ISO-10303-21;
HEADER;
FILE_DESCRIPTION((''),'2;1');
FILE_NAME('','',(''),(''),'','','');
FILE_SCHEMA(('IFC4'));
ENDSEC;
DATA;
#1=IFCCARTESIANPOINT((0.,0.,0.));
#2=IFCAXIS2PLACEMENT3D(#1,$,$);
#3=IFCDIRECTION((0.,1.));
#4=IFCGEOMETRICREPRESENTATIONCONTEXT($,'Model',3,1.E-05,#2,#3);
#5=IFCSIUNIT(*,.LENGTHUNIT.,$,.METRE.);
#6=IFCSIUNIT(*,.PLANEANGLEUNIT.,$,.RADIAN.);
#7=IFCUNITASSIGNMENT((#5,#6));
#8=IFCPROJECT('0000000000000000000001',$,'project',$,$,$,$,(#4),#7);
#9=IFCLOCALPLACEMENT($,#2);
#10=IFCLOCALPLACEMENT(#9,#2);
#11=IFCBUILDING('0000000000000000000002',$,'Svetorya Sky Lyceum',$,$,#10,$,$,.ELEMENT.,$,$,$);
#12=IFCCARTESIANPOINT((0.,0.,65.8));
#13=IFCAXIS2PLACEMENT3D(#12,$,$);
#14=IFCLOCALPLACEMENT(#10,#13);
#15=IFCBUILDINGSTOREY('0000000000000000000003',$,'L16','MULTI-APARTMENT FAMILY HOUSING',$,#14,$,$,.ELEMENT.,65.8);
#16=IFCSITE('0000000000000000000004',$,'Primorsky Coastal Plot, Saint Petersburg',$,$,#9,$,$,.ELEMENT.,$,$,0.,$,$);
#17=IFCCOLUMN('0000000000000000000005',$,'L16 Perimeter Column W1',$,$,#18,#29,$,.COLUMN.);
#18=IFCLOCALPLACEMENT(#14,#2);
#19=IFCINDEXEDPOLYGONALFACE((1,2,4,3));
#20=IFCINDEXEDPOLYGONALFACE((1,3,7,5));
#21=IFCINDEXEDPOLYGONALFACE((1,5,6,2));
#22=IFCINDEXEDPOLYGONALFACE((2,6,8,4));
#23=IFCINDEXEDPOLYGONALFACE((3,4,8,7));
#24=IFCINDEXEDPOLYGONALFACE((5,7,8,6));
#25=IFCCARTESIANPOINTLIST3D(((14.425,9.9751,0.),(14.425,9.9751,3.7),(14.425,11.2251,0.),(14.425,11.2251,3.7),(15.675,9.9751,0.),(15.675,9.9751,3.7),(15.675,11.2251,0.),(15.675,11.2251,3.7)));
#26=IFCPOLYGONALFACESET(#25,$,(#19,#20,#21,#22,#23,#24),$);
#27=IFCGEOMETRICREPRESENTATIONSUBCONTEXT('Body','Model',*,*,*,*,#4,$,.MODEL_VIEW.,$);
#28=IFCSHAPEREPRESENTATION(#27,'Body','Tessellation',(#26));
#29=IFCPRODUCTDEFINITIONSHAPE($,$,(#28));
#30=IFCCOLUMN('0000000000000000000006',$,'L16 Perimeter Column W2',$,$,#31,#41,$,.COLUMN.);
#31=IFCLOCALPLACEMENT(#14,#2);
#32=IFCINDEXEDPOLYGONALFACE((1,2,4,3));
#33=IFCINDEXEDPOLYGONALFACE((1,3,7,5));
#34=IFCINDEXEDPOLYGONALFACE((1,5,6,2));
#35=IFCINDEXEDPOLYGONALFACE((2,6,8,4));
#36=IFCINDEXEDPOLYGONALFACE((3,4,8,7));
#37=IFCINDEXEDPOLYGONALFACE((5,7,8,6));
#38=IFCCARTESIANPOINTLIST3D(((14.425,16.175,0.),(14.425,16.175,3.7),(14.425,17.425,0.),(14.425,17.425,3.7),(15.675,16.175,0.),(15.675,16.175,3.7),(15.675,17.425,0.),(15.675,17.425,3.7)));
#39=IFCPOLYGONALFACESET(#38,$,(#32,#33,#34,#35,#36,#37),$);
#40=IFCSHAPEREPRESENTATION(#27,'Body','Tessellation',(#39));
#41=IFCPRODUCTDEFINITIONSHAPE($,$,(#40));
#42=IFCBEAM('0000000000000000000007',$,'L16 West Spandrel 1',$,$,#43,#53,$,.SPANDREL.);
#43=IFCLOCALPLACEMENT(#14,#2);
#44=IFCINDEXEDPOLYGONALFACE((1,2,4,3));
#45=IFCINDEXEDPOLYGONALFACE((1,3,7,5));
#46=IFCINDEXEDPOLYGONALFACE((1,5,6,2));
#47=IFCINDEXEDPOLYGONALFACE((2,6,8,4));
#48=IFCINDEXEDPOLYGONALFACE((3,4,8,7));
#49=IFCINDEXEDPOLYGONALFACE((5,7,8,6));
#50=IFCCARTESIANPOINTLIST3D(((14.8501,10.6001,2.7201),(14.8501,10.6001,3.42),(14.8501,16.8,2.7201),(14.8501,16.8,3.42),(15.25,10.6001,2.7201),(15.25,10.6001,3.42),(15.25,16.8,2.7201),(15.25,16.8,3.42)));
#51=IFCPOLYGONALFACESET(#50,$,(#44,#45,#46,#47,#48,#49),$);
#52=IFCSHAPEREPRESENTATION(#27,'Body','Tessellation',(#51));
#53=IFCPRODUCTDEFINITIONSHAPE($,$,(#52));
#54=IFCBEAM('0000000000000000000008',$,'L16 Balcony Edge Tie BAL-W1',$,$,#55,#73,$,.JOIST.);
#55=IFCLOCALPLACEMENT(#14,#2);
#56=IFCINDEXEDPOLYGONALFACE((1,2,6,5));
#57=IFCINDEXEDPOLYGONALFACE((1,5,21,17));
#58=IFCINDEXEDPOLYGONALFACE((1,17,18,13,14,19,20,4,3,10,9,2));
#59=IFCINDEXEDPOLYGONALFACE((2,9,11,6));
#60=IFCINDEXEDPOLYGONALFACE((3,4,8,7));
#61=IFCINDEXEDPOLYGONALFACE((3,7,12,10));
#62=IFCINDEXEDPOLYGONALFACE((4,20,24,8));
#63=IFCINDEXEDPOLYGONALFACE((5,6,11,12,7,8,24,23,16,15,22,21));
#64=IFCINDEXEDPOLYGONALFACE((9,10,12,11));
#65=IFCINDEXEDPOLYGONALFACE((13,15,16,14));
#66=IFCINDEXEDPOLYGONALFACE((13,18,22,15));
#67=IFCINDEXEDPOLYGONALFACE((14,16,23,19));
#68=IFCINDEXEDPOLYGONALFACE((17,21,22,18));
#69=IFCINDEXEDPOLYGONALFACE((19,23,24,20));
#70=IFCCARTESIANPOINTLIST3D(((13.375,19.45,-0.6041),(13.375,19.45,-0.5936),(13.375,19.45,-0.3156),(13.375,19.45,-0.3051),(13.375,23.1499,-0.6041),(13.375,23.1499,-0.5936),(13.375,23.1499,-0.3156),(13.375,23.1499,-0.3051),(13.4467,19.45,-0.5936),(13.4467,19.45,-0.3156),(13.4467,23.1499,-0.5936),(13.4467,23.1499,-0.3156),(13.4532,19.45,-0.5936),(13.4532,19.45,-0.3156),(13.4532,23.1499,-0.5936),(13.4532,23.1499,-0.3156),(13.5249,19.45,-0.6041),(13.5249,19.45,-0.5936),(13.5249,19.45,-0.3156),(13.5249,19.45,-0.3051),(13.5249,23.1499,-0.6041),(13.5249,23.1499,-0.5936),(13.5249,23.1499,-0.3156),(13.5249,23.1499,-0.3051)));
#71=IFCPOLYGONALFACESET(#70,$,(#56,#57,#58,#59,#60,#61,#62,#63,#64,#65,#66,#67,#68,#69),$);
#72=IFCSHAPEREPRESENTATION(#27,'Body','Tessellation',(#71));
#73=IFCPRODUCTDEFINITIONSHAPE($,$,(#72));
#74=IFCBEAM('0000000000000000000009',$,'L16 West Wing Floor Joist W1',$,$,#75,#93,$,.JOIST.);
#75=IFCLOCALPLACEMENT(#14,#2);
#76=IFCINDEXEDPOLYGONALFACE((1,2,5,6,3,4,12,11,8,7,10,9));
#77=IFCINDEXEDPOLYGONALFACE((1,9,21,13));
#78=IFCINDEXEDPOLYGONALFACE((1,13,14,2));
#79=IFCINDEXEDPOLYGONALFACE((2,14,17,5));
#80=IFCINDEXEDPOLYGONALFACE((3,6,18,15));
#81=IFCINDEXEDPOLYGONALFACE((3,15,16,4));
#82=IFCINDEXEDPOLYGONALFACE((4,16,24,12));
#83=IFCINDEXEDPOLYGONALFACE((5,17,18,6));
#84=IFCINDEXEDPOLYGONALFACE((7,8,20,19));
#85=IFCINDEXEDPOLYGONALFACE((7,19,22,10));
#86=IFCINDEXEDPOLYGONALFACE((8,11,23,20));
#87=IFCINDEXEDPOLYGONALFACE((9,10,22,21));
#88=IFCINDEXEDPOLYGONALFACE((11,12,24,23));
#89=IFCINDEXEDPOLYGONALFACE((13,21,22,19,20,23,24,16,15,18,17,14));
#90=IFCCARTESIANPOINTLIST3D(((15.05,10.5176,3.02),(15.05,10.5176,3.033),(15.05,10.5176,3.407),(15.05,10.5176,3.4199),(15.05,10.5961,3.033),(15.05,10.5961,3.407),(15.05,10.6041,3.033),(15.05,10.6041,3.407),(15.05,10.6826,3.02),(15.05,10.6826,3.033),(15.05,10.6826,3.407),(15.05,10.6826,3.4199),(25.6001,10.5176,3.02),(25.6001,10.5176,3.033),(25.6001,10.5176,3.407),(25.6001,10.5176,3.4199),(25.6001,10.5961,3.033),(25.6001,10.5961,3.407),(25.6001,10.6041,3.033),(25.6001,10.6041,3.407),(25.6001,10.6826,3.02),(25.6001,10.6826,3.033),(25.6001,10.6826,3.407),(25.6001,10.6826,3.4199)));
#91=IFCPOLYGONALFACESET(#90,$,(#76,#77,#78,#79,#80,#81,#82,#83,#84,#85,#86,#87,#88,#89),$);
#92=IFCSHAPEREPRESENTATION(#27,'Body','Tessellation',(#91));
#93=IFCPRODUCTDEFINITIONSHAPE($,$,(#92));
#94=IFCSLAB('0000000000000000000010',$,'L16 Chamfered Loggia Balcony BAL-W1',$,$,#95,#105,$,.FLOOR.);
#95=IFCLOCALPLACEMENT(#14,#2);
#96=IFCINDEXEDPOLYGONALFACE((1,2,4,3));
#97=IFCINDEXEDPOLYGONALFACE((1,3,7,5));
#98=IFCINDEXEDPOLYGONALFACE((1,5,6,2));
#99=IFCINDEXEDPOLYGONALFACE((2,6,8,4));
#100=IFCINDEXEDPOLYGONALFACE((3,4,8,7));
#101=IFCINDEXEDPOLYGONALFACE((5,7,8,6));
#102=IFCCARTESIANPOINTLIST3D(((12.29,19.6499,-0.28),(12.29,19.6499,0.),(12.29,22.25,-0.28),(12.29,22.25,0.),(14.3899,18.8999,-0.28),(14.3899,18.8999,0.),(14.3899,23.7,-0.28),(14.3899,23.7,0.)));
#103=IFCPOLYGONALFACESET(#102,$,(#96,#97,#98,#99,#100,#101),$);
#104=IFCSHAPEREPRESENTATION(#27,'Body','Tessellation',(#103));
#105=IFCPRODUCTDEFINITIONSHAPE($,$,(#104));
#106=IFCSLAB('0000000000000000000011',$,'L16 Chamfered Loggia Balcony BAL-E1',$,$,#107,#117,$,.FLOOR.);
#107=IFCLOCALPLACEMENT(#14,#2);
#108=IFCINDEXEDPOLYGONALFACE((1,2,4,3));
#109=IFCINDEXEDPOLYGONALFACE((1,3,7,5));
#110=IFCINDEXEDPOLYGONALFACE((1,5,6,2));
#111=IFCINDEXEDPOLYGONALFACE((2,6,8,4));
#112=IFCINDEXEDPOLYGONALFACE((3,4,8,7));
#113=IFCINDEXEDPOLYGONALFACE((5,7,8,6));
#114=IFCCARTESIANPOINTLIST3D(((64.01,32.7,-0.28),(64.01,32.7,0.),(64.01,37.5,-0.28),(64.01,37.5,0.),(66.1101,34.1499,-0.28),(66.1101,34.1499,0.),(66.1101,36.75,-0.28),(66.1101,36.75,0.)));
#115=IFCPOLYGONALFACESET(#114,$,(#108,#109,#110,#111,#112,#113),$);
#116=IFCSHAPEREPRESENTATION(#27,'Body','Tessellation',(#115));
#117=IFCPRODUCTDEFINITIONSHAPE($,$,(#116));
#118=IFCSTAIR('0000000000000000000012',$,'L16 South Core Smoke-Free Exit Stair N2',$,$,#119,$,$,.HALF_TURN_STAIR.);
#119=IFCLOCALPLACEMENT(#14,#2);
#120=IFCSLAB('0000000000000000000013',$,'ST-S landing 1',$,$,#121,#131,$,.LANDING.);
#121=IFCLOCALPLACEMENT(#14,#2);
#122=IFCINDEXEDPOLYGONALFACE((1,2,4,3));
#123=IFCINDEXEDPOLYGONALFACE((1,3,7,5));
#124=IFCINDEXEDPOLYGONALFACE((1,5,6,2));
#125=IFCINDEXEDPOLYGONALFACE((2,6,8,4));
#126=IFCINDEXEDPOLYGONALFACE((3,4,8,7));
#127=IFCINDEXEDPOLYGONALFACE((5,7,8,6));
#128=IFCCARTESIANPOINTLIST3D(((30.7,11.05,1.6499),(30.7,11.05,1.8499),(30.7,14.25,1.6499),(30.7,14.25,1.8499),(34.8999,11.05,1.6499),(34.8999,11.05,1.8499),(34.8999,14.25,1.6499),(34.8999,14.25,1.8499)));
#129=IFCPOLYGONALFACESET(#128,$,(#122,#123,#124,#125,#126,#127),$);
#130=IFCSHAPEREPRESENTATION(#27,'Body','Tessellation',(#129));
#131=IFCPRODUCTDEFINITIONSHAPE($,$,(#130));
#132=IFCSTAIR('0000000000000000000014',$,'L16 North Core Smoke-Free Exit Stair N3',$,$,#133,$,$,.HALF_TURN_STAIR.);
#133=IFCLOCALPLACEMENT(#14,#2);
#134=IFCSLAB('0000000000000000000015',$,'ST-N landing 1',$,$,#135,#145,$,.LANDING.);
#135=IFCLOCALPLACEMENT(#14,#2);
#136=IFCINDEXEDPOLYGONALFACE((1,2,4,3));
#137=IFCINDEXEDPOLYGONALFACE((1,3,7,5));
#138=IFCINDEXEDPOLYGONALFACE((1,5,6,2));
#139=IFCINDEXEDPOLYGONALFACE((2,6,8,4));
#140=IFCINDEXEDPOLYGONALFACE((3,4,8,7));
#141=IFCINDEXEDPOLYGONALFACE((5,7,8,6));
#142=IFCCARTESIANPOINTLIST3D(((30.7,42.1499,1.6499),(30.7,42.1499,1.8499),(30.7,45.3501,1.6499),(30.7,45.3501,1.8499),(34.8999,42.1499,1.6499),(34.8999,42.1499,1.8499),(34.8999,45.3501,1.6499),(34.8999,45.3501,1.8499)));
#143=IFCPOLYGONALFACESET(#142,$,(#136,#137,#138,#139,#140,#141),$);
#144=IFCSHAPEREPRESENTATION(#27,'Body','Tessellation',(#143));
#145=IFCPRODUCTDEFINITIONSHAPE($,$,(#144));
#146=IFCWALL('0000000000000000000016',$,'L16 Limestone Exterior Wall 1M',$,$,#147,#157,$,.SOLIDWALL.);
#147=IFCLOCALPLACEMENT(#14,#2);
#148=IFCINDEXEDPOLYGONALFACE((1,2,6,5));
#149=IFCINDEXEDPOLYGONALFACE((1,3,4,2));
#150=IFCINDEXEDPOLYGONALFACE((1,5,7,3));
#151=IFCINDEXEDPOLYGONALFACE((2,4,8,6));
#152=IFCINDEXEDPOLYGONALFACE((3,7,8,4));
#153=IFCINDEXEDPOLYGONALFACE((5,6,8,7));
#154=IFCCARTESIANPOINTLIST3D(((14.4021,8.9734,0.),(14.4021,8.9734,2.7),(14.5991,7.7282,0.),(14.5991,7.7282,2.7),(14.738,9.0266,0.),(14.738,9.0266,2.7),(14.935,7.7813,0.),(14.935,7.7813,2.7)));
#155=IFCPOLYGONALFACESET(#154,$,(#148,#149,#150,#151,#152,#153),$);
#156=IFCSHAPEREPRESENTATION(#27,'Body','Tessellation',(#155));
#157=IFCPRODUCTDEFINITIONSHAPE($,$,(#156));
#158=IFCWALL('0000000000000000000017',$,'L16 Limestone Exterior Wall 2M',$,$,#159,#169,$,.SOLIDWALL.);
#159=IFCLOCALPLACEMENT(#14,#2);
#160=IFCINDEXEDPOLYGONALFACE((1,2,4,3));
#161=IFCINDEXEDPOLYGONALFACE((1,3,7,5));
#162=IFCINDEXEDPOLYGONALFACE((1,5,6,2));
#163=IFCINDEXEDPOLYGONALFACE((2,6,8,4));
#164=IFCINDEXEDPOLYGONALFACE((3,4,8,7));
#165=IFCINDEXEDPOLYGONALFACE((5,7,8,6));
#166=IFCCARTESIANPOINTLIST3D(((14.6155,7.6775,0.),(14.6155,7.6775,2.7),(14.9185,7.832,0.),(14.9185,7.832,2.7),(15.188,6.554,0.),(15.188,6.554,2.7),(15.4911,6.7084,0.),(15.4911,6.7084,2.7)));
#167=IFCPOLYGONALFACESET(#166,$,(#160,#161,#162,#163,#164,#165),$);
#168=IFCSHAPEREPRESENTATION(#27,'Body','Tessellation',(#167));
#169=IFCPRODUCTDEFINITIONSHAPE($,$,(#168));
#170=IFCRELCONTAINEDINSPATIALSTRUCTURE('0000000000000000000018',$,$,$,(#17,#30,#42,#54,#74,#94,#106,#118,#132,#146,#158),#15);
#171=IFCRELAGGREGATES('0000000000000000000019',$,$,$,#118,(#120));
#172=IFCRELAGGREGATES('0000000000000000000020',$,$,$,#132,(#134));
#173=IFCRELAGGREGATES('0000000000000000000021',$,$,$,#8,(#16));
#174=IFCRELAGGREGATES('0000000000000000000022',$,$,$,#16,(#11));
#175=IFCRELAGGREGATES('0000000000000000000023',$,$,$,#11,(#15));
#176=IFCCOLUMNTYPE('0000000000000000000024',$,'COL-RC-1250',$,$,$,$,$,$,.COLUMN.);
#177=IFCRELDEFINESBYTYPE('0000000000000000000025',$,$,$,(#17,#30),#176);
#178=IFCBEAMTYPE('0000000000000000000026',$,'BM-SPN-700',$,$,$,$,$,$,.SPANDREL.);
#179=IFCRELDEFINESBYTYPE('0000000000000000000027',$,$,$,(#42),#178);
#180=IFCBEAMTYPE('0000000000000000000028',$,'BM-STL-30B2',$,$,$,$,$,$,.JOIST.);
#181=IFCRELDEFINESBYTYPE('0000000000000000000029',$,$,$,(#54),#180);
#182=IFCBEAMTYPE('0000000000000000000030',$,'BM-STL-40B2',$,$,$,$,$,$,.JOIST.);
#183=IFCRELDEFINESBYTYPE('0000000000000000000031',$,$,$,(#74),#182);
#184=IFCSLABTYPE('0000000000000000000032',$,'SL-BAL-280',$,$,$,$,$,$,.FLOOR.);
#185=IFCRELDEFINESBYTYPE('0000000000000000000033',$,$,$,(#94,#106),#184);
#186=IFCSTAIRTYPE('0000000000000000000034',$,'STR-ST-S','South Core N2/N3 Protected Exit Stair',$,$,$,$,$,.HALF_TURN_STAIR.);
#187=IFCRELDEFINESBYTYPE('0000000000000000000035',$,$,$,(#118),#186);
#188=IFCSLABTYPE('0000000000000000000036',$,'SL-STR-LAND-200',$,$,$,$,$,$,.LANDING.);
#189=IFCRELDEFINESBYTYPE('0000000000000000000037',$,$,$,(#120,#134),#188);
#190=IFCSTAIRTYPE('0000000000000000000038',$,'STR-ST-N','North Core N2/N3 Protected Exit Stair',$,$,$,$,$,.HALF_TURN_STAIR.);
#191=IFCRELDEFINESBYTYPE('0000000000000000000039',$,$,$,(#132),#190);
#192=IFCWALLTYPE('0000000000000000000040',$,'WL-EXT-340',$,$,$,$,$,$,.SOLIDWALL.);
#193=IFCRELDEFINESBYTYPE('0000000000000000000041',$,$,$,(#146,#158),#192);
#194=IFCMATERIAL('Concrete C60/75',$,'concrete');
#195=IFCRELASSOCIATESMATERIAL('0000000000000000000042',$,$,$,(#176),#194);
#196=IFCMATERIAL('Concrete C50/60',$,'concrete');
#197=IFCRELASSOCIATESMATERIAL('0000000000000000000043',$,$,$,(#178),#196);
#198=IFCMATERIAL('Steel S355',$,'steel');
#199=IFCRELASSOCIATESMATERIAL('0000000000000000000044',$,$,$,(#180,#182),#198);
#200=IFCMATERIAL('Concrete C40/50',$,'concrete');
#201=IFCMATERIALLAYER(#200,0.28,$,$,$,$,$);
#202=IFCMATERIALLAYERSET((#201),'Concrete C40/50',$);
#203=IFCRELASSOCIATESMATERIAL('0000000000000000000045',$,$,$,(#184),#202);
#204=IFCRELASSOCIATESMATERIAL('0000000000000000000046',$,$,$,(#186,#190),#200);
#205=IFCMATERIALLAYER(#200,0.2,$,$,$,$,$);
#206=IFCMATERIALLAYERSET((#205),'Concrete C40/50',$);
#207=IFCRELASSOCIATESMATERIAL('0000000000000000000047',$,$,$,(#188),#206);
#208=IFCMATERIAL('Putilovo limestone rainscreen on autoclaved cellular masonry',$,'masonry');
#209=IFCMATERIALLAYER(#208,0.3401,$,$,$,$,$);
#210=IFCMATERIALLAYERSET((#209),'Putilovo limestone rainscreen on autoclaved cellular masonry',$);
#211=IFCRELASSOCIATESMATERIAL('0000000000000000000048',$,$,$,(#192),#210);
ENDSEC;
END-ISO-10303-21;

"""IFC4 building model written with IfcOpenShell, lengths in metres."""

from ifc_helpers import new_model, si_unit, direction, frame, frame_2d, origin, origin_2d, place, context, subcontext, project, spatial, polyline, rectangle, i_section, outline, extrude, material, layer, layer_set, material_profile, profile_set, type_object, element, aggregate, save


model = new_model("IFC4")

# Units and contexts
model_context = context("Model", 3, precision=1e-05, world=origin(), true_north=direction((0.0, 1.0)))
body_context = subcontext(model_context, "Body", "Model", "MODEL_VIEW")
ifc_project = project(units=[si_unit("LENGTHUNIT", "METRE"), si_unit("PLANEANGLEUNIT", "RADIAN")], contexts=[model_context])

# Site, building, storey
site_placement = place(None, origin())
site = spatial("IfcSite", under=ifc_project, at=site_placement, Name="Primorsky Coastal Plot, Saint Petersburg", CompositionType="ELEMENT", RefElevation=0.0)
building_placement = place(site_placement, origin())
building = spatial("IfcBuilding", under=site, at=building_placement, Name="Svetorya Sky Lyceum", CompositionType="ELEMENT")
storey_placement = place(building_placement, frame((0.0, 0.0, 65.8)))
storey = spatial("IfcBuildingStorey", under=building, at=storey_placement, Name="L16", Description="MULTI-APARTMENT FAMILY HOUSING", CompositionType="ELEMENT", Elevation=65.8)

# Columns
ifc_material_1 = material(Name="Concrete C60/75", Category="concrete")
ifc_material_profile_1 = material_profile(ifc_material_1, rectangle(XDim=1.25, YDim=1.25, at=origin_2d()), Name="RC COL 1250x1250")
ifc_profile_set_1 = profile_set([ifc_material_profile_1], Name="Concrete C60/75")
column_type = type_object("IfcColumnType", Name="COL-RC-1250", PredefinedType="COLUMN", material=ifc_profile_set_1)
for number, where, z_axis, x_axis, name in (
    (1, (15.05, 10.6001, 0.0), (0.0, 0.0, 1.0), (1.0, 0.0, 0.0), "L16 Perimeter Column W1"),
    (2, (15.05, 16.8, 0.0), (0.0, 0.0, 1.0), (1.0, 0.0, 0.0), "L16 Perimeter Column W2"),
):
    element("IfcColumn", number, at=place(storey_placement, frame(where, z_axis=z_axis, x_axis=x_axis)), inside=storey, type_object=column_type, Name=name, PredefinedType="COLUMN", context=body_context, shape_type="SweptSolid", body=[
        extrude(rectangle(XDim=1.25, YDim=1.25, at=origin_2d()), origin(), (0.0, 0.0, 1.0), 3.7),
    ])

# Beams
ifc_material_2 = material(Name="Concrete C50/60", Category="concrete")
ifc_material_profile_2 = material_profile(ifc_material_2, rectangle(XDim=0.3999, YDim=0.7, at=origin_2d()), Name="RC SPANDREL 400x700")
ifc_profile_set_2 = profile_set([ifc_material_profile_2], Name="Concrete C50/60")
beam_type_1 = type_object("IfcBeamType", Name="BM-SPN-700", PredefinedType="SPANDREL", material=ifc_profile_set_2)
beam_1_placement = place(storey_placement, frame((15.05, 10.6001, 3.0701), z_axis=(0.0, 1.0, 0.0), x_axis=(-1.0, 0.0, 0.0)))
element("IfcBeam", 3, at=beam_1_placement, inside=storey, type_object=beam_type_1, Name="L16 West Spandrel 1", PredefinedType="SPANDREL", context=body_context, shape_type="SweptSolid", body=[
    extrude(rectangle(XDim=0.3999, YDim=0.7, at=origin_2d()), origin(), (0.0, 0.0, 1.0), 6.2),
])
ifc_material_3 = material(Name="Steel S355", Category="steel")
ifc_material_profile_3 = material_profile(ifc_material_3, i_section(OverallWidth=0.1499, OverallDepth=0.2991, WebThickness=0.0066, FlangeThickness=0.0105, at=origin_2d()), Name="GOST 30B2")
ifc_profile_set_3 = profile_set([ifc_material_profile_3], Name="Steel S355")
beam_type_2 = type_object("IfcBeamType", Name="BM-STL-30B2", PredefinedType="JOIST", material=ifc_profile_set_3)
beam_2_placement = place(storey_placement, frame((13.45, 19.45, -0.4546), z_axis=(0.0, 1.0, 0.0), x_axis=(-1.0, 0.0, 0.0)))
element("IfcBeam", 4, at=beam_2_placement, inside=storey, type_object=beam_type_2, Name="L16 Balcony Edge Tie BAL-W1", PredefinedType="JOIST", context=body_context, shape_type="SweptSolid", body=[
    extrude(i_section(OverallWidth=0.1499, OverallDepth=0.2991, WebThickness=0.0066, FlangeThickness=0.0105, at=origin_2d()), origin(), (0.0, 0.0, 1.0), 3.7),
])
ifc_material_profile_4 = material_profile(ifc_material_3, i_section(OverallWidth=0.165, OverallDepth=0.3999, WebThickness=0.0081, FlangeThickness=0.0129, at=origin_2d()), Name="GOST 40B2")
ifc_profile_set_4 = profile_set([ifc_material_profile_4], Name="Steel S355")
beam_type_3 = type_object("IfcBeamType", Name="BM-STL-40B2", PredefinedType="JOIST", material=ifc_profile_set_4)
beam_3_placement = place(storey_placement, frame((15.05, 10.6001, 3.22), z_axis=(1.0, 0.0, 0.0), x_axis=(0.0, 1.0, 0.0)))
element("IfcBeam", 5, at=beam_3_placement, inside=storey, type_object=beam_type_3, Name="L16 West Wing Floor Joist W1", PredefinedType="JOIST", context=body_context, shape_type="SweptSolid", body=[
    extrude(i_section(OverallWidth=0.165, OverallDepth=0.3999, WebThickness=0.0081, FlangeThickness=0.0129, at=origin_2d()), origin(), (0.0, 0.0, 1.0), 10.55),
])

# Slabs
ifc_material_4 = material(Name="Concrete C40/50", Category="concrete")
ifc_layer_1 = layer(ifc_material_4, 0.28)
ifc_layer_set_1 = layer_set([ifc_layer_1], Name="Concrete C40/50")
slab_type_1 = type_object("IfcSlabType", Name="SL-BAL-280", PredefinedType="FLOOR", material=ifc_layer_set_1)
slab_1_placement = place(storey_placement, frame((0.0, 0.0, -0.28)))
element("IfcSlab", 6, at=slab_1_placement, inside=storey, type_object=slab_type_1, Name="L16 Chamfered Loggia Balcony BAL-W1", PredefinedType="FLOOR", context=body_context, shape_type="SweptSolid", body=[
    extrude(outline(polyline([(14.3899, 18.8999), (14.3899, 23.7), (12.29, 22.25), (12.29, 19.6499), (14.3899, 18.8999)])), origin(), (0.0, 0.0, 1.0), 0.28),
])
slab_2_placement = place(storey_placement, frame((0.0, 0.0, -0.28)))
element("IfcSlab", 7, at=slab_2_placement, inside=storey, type_object=slab_type_1, Name="L16 Chamfered Loggia Balcony BAL-E1", PredefinedType="FLOOR", context=body_context, shape_type="SweptSolid", body=[
    extrude(outline(polyline([(64.01, 32.7), (66.1101, 34.1499), (66.1101, 36.75), (64.01, 37.5), (64.01, 32.7)])), origin(), (0.0, 0.0, 1.0), 0.28),
])

# Stairs, slabs
stair_type_1 = type_object("IfcStairType", Name="STR-ST-S", Description="South Core N2/N3 Protected Exit Stair", PredefinedType="HALF_TURN_STAIR", material=ifc_material_4)
stair_1_placement = place(storey_placement, origin())
stair_1 = element("IfcStair", 8, at=stair_1_placement, inside=storey, type_object=stair_type_1, Name="L16 South Core Smoke-Free Exit Stair N2", PredefinedType="HALF_TURN_STAIR")
ifc_layer_2 = layer(ifc_material_4, 0.2)
ifc_layer_set_2 = layer_set([ifc_layer_2], Name="Concrete C40/50")
slab_type_2 = type_object("IfcSlabType", Name="SL-STR-LAND-200", PredefinedType="LANDING", material=ifc_layer_set_2)
slab_3_placement = place(storey_placement, frame((0.0, 0.0, 1.6499)))
slab_3 = element("IfcSlab", 9, at=slab_3_placement, type_object=slab_type_2, Name="ST-S landing 1", PredefinedType="LANDING", context=body_context, shape_type="SweptSolid", body=[
    extrude(outline(polyline([(30.7, 11.05), (34.8999, 11.05), (34.8999, 14.25), (30.7, 14.25), (30.7, 11.05)])), origin(), (0.0, 0.0, 1.0), 0.2),
])
aggregate(stair_1, [slab_3])
stair_type_2 = type_object("IfcStairType", Name="STR-ST-N", Description="North Core N2/N3 Protected Exit Stair", PredefinedType="HALF_TURN_STAIR", material=ifc_material_4)
stair_2_placement = place(storey_placement, origin())
stair_2 = element("IfcStair", 10, at=stair_2_placement, inside=storey, type_object=stair_type_2, Name="L16 North Core Smoke-Free Exit Stair N3", PredefinedType="HALF_TURN_STAIR")
slab_4_placement = place(storey_placement, frame((0.0, 0.0, 1.6499)))
slab_4 = element("IfcSlab", 11, at=slab_4_placement, type_object=slab_type_2, Name="ST-N landing 1", PredefinedType="LANDING", context=body_context, shape_type="SweptSolid", body=[
    extrude(outline(polyline([(30.7, 42.1499), (34.8999, 42.1499), (34.8999, 45.3501), (30.7, 45.3501), (30.7, 42.1499)])), origin(), (0.0, 0.0, 1.0), 0.2),
])
aggregate(stair_2, [slab_4])

# Walls
ifc_material_5 = material(Name="Putilovo limestone rainscreen on autoclaved cellular masonry", Category="masonry")
ifc_layer_3 = layer(ifc_material_5, 0.3401)
ifc_layer_set_3 = layer_set([ifc_layer_3], Name="Putilovo limestone rainscreen on autoclaved cellular masonry")
wall_type_1 = type_object("IfcWallType", Name="WL-EXT-340", PredefinedType="SOLIDWALL", material=ifc_layer_set_3)
wall_1_placement = place(storey_placement, frame((14.5701, 9.0, 0.0), z_axis=(0.0, 0.0, 1.0), x_axis=(0.156261, -0.987716, 0.0)))
element("IfcWall", 12, at=wall_1_placement, inside=storey, type_object=wall_type_1, Name="L16 Limestone Exterior Wall 1M", PredefinedType="SOLIDWALL", context=body_context, shape_type="SweptSolid", body=[
    extrude(rectangle(XDim=1.2607, YDim=0.3401, at=frame_2d((0.6304, 0.0))), origin(), (0.0, 0.0, 1.0), 2.7),
])
wall_2_placement = place(storey_placement, frame((14.7671, 7.7546, 0.0), z_axis=(0.0, 0.0, 1.0), x_axis=(0.454016, -0.890994, 0.0)))
element("IfcWall", 13, at=wall_2_placement, inside=storey, type_object=wall_type_1, Name="L16 Limestone Exterior Wall 2M", PredefinedType="SOLIDWALL", context=body_context, shape_type="SweptSolid", body=[
    extrude(rectangle(XDim=1.261, YDim=0.3401, at=frame_2d((0.6304, 0.0))), origin(), (0.0, 0.0, 1.0), 2.7),
])

save(model, "model.ifc")
